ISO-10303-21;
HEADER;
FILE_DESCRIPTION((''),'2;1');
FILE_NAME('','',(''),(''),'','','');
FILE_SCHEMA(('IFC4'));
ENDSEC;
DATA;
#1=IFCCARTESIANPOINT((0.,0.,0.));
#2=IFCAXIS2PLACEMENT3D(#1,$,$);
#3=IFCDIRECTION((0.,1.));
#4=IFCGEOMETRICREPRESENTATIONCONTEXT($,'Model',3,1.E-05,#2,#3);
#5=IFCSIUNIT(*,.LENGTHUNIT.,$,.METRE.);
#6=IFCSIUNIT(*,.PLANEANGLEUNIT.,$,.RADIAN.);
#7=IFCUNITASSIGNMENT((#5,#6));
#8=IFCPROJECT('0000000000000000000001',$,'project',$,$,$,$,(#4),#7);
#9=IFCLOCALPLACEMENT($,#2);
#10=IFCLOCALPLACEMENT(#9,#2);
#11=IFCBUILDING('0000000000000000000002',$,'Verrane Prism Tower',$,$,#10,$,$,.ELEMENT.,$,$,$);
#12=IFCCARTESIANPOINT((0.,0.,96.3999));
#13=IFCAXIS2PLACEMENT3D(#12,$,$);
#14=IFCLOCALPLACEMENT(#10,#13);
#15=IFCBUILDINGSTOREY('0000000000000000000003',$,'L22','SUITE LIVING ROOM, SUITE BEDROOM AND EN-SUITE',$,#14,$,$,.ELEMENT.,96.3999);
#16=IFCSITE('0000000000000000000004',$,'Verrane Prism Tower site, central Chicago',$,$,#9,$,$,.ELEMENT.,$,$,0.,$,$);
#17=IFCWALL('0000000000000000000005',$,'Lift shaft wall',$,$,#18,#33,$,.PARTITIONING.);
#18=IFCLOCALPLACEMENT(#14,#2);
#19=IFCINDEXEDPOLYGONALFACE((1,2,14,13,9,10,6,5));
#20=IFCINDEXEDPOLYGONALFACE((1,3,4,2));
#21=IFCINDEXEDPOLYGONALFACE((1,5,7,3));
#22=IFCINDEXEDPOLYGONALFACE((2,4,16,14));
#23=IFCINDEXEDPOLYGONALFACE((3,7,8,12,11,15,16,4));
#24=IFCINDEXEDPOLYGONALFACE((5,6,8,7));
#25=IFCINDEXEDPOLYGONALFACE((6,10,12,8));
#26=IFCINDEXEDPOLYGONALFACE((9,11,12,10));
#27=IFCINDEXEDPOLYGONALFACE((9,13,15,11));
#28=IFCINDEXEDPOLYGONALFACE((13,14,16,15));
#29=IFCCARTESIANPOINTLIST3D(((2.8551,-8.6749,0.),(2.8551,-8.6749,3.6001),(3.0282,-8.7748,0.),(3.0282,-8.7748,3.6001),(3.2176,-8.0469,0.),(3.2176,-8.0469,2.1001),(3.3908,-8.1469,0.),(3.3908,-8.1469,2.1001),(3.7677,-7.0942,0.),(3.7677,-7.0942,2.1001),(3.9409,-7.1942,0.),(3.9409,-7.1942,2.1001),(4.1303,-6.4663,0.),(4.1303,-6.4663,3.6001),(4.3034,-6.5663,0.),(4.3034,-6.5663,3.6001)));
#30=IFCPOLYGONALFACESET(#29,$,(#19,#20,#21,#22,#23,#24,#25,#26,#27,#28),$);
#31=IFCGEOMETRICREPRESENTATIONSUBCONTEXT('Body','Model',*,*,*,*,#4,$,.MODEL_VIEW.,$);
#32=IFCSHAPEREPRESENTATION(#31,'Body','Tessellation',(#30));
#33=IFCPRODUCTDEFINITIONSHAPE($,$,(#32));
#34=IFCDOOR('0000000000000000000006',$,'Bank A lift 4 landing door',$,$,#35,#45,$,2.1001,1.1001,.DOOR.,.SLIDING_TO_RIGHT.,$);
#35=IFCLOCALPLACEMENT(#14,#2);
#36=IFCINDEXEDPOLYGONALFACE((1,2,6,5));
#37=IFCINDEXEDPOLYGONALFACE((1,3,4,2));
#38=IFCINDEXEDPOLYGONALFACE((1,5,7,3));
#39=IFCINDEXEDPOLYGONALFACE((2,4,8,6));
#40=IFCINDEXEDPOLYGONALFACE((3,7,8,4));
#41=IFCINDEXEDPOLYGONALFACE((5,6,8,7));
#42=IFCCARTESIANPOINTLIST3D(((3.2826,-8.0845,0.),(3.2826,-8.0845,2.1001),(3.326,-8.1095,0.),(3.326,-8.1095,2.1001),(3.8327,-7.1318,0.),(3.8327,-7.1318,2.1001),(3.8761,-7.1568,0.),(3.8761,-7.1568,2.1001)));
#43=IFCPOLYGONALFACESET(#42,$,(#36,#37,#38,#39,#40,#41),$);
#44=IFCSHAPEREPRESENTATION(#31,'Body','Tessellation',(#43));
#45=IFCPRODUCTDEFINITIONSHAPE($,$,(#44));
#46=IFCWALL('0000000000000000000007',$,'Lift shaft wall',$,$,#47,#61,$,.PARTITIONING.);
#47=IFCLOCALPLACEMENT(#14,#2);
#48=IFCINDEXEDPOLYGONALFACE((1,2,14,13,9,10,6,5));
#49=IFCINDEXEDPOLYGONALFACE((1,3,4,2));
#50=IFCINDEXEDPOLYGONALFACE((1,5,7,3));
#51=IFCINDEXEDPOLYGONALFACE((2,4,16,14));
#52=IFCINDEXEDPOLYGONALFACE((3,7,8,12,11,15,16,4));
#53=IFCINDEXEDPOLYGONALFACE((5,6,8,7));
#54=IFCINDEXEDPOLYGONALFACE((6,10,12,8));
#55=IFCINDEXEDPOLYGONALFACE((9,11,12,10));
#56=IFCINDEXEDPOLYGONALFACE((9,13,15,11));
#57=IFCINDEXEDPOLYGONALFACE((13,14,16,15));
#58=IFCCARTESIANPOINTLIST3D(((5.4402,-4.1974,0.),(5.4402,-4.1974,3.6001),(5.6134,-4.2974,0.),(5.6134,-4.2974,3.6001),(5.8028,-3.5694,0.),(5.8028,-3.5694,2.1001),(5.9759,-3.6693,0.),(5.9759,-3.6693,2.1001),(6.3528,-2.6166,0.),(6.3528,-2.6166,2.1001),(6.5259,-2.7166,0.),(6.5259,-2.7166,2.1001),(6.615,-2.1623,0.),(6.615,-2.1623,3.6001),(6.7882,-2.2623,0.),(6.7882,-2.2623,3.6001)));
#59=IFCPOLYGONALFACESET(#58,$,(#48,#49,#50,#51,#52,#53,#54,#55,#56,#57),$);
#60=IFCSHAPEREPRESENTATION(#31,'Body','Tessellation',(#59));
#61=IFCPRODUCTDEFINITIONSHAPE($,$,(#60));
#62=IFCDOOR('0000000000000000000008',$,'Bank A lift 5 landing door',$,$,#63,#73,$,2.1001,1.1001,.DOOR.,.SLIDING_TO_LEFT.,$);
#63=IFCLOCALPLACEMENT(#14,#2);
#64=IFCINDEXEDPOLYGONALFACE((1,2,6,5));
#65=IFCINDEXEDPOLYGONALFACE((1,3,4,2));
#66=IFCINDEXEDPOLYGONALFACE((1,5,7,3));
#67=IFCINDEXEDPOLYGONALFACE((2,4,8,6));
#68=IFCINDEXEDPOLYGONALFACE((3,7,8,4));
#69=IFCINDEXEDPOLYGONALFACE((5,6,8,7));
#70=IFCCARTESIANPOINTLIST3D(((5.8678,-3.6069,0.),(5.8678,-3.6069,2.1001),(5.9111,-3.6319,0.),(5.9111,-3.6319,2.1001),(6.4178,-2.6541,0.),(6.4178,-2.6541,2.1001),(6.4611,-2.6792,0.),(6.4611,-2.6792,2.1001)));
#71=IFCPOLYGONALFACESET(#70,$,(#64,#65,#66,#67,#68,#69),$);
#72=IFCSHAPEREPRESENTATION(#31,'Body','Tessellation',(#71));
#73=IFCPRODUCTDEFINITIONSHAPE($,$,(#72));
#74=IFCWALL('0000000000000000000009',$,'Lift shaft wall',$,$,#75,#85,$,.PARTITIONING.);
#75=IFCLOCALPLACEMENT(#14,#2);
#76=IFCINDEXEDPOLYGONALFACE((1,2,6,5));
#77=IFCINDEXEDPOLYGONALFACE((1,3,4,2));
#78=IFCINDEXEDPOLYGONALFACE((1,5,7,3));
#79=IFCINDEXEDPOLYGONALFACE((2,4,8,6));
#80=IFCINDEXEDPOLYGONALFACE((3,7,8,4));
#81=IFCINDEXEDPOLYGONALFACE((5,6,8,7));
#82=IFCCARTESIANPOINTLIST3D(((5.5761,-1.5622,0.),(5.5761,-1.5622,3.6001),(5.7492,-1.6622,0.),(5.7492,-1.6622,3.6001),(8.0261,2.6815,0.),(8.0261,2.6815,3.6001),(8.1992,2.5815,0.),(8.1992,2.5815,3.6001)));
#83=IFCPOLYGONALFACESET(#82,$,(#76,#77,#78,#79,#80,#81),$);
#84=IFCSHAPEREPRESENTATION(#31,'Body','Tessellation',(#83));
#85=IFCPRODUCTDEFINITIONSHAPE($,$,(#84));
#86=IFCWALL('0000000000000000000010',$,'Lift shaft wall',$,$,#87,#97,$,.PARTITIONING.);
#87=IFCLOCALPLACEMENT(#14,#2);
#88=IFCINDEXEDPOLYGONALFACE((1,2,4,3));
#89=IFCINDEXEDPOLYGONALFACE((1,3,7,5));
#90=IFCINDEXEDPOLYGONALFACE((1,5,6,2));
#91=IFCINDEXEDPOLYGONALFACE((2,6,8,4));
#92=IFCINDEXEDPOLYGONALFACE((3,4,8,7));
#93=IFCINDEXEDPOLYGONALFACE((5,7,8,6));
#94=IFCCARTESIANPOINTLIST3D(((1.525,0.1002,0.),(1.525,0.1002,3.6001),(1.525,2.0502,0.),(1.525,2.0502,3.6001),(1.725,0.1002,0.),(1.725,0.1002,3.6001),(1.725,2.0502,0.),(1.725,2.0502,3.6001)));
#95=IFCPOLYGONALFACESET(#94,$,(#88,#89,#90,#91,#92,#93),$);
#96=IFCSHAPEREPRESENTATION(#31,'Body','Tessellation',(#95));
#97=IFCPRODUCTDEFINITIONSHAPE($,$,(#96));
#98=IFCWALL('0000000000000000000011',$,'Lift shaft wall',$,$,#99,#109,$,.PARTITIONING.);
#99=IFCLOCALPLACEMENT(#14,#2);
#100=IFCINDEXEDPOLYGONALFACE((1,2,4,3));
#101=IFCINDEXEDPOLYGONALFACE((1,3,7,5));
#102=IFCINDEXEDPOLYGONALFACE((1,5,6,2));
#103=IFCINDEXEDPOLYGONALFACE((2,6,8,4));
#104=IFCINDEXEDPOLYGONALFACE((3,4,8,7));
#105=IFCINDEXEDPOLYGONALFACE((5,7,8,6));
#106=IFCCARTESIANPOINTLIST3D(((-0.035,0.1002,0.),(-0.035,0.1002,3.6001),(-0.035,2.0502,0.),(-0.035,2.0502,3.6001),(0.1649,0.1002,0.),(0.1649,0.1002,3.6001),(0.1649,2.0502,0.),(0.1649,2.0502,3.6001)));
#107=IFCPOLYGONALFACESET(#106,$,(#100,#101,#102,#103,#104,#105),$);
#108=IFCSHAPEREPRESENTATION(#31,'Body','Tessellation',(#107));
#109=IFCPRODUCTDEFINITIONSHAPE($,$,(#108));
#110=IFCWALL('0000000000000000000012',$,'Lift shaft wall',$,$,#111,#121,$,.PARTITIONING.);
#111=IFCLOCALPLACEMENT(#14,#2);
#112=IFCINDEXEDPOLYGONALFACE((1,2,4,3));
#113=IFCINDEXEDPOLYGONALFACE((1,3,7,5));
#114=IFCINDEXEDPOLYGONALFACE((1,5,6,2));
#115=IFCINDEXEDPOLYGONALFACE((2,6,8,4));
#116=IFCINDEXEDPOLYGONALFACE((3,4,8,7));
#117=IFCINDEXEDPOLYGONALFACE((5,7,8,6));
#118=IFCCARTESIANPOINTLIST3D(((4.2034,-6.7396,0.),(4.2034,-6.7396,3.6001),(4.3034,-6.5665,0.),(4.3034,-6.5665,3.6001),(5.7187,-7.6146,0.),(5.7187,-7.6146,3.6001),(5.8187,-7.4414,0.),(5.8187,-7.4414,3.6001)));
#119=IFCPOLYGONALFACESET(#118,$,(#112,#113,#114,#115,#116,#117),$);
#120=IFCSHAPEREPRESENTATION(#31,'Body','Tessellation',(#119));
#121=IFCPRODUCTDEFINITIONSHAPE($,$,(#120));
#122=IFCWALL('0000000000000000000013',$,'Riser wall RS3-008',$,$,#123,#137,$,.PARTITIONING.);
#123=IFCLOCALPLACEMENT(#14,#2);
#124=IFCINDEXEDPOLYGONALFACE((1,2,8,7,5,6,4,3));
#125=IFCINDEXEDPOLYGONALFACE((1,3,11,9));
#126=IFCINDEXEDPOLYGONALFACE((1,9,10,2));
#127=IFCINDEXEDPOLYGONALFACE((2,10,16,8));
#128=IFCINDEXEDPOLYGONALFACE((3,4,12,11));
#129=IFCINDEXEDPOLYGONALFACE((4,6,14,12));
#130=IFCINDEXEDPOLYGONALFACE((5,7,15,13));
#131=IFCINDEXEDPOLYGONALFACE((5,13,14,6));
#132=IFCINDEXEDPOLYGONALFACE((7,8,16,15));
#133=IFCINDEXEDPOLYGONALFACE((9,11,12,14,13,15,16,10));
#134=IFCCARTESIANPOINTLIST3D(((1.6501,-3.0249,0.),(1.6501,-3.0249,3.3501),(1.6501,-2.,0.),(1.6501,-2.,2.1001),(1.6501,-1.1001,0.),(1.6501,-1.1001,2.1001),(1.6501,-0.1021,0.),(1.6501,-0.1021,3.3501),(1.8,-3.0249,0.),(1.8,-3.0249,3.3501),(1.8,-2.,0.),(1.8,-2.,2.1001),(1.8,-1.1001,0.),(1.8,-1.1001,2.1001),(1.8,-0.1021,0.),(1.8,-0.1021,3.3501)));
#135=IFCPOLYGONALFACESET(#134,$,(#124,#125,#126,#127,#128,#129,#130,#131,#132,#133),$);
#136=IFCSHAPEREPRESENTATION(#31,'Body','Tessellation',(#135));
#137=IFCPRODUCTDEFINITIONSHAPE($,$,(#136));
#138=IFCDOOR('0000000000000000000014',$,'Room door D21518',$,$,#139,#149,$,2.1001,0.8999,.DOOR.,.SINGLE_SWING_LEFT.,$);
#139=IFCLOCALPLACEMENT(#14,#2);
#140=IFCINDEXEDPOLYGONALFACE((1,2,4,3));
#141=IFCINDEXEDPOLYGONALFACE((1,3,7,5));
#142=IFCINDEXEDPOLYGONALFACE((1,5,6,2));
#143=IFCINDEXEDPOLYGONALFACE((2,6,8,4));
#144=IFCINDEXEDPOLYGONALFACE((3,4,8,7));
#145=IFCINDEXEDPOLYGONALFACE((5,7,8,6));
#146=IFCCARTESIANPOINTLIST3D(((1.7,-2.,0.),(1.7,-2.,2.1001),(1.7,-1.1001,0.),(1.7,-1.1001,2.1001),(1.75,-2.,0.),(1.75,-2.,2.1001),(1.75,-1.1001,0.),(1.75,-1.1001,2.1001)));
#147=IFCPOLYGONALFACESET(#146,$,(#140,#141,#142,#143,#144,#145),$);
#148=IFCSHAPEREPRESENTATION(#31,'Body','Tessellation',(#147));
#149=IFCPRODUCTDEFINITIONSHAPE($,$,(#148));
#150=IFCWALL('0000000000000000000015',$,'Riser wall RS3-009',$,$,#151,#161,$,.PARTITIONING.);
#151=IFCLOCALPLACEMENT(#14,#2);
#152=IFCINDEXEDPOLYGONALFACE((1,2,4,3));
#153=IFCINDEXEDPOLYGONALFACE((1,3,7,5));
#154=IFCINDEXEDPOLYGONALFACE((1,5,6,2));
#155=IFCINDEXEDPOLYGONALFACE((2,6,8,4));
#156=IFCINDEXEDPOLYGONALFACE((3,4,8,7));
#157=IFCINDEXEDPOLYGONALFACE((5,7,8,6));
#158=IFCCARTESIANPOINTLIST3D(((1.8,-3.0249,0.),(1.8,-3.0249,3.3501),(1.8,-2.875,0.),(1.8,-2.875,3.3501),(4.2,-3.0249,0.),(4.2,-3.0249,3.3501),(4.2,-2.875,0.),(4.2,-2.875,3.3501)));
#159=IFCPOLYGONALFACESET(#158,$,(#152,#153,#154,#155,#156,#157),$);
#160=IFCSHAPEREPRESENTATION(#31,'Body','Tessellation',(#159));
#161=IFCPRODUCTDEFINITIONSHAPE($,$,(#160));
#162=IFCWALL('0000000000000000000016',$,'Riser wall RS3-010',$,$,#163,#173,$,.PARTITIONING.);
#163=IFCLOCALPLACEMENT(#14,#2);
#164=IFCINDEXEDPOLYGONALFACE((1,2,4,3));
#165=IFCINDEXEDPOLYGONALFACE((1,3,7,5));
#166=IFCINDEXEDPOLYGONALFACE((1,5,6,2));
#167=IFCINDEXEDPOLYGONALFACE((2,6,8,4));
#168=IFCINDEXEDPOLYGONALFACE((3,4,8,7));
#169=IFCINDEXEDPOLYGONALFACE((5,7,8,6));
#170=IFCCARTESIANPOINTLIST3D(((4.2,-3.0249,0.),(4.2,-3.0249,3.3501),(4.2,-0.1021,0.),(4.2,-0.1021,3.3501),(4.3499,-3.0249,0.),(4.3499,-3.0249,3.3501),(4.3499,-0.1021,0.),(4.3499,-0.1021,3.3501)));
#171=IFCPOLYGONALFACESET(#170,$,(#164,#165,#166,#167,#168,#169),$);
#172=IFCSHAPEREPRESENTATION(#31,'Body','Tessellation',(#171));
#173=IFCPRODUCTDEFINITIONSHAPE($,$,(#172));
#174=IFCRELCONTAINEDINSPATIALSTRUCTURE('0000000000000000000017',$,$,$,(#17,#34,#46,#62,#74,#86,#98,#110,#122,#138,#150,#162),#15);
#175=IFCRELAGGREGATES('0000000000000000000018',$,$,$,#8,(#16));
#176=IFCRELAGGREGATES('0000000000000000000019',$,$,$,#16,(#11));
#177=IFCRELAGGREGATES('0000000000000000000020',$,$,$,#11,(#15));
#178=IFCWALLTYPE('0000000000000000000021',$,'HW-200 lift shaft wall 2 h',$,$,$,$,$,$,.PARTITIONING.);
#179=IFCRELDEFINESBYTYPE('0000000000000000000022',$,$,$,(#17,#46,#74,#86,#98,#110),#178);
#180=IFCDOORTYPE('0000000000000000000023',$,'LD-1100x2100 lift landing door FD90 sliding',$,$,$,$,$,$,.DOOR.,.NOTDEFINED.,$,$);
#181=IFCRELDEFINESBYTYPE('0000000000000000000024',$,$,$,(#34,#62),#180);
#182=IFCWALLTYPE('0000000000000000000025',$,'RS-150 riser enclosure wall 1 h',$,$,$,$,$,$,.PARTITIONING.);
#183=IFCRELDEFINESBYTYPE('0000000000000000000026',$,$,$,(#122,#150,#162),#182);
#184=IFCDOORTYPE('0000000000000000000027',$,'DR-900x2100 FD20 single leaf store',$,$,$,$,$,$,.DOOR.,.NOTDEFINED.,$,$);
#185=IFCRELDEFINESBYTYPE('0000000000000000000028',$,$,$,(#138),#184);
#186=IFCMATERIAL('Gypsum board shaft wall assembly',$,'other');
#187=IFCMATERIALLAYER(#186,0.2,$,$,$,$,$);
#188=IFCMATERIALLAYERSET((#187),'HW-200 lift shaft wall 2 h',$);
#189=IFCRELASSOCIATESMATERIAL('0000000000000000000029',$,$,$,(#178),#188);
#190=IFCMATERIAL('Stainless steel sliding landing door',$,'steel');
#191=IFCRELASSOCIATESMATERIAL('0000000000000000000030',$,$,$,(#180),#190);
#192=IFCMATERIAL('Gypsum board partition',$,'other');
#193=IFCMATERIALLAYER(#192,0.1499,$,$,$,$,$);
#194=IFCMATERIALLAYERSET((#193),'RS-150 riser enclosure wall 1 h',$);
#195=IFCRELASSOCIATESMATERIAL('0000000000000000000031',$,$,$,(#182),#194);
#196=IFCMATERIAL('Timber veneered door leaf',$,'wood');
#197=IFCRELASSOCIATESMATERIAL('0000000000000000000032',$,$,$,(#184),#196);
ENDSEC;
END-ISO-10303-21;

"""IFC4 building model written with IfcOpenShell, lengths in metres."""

from ifc_helpers import new_model, si_unit, direction, frame, frame_2d, origin, place, context, subcontext, project, spatial, rectangle, extrude, material, layer, layer_set, type_object, element, fill, save


model = new_model("IFC4")

# Units and contexts
model_context = context("Model", 3, precision=1e-05, world=origin(), true_north=direction((0.0, 1.0)))
body_context = subcontext(model_context, "Body", "Model", "MODEL_VIEW")
ifc_project = project(units=[si_unit("LENGTHUNIT", "METRE"), si_unit("PLANEANGLEUNIT", "RADIAN")], contexts=[model_context])

# Site, building, storey
site_placement = place(None, origin())
site = spatial("IfcSite", under=ifc_project, at=site_placement, Name="Verrane Prism Tower site, central Chicago", CompositionType="ELEMENT", RefElevation=0.0)
building_placement = place(site_placement, origin())
building = spatial("IfcBuilding", under=site, at=building_placement, Name="Verrane Prism Tower", CompositionType="ELEMENT")
storey_placement = place(building_placement, frame((0.0, 0.0, 96.3999)))
storey = spatial("IfcBuildingStorey", under=building, at=storey_placement, Name="L22", Description="SUITE LIVING ROOM, SUITE BEDROOM AND EN-SUITE", CompositionType="ELEMENT", Elevation=96.3999)

# Shared definitions
ifc_material_1 = material(Name="Gypsum board shaft wall assembly", Category="other")
ifc_layer_1 = layer(ifc_material_1, 0.2)
ifc_layer_set_1 = layer_set([ifc_layer_1], Name="HW-200 lift shaft wall 2 h")
wall_type_1 = type_object("IfcWallType", Name="HW-200 lift shaft wall 2 h", PredefinedType="PARTITIONING", material=ifc_layer_set_1)

# Walls, openings, doors
wall_1_placement = place(storey_placement, frame((2.9417, -8.7249, 0.0), z_axis=(0.0, 0.0, 1.0), x_axis=(0.500021, 0.866013, 0.0)))
wall_1 = element("IfcWall", 1, at=wall_1_placement, inside=storey, type_object=wall_type_1, Name="Lift shaft wall", PredefinedType="PARTITIONING", context=body_context, shape_type="SweptSolid", body=[
    extrude(rectangle(XDim=2.5503, YDim=0.2, at=frame_2d((1.2751, 0.0))), origin(), (0.0, 0.0, 1.0), 3.6001),
])
opening_1_placement = place(wall_1_placement, frame((0.7251, 0.0, 0.0)))
opening_1 = element("IfcOpeningElement", 2, at=opening_1_placement, cuts=wall_1, PredefinedType="OPENING", context=body_context, shape_type="SweptSolid", body=[
    extrude(rectangle(XDim=1.1001, YDim=2.1001, at=frame_2d((0.55, 1.05))), frame((0.0, 0.1099, 0.0), z_axis=(0.0, -1.0, 0.0), x_axis=(1.0, 0.0, 0.0)), (0.0, 0.0, 1.0), 0.22),
])
ifc_material_2 = material(Name="Stainless steel sliding landing door", Category="steel")
door_type_1 = type_object("IfcDoorType", Name="LD-1100x2100 lift landing door FD90 sliding", OperationType="NOTDEFINED", PredefinedType="DOOR", material=ifc_material_2)
door_1_placement = place(opening_1_placement, origin())
door_1 = element("IfcDoor", 3, at=door_1_placement, inside=storey, type_object=door_type_1, Name="Bank A lift 4 landing door", OperationType="SLIDING_TO_RIGHT", OverallHeight=2.1001, OverallWidth=1.1001, PredefinedType="DOOR", context=body_context, shape_type="SweptSolid", body=[
    extrude(rectangle(XDim=1.1001, YDim=2.1001, at=frame_2d((0.55, 1.05))), frame((0.0, 0.0249, 0.0), z_axis=(0.0, -1.0, 0.0), x_axis=(1.0, 0.0, 0.0)), (0.0, 0.0, 1.0), 0.05),
])
fill(opening_1, door_1)
wall_2_placement = place(storey_placement, frame((5.5269, -4.2473, 0.0), z_axis=(0.0, 0.0, 1.0), x_axis=(0.499938, 0.866061, 0.0)))
wall_2 = element("IfcWall", 4, at=wall_2_placement, inside=storey, type_object=wall_type_1, Name="Lift shaft wall", PredefinedType="PARTITIONING", context=body_context, shape_type="SweptSolid", body=[
    extrude(rectangle(XDim=2.3499, YDim=0.2, at=frame_2d((1.1748, 0.0))), origin(), (0.0, 0.0, 1.0), 3.6001),
])
opening_2_placement = place(wall_2_placement, frame((0.7251, 0.0, 0.0)))
opening_2 = element("IfcOpeningElement", 5, at=opening_2_placement, cuts=wall_2, PredefinedType="OPENING", context=body_context, shape_type="SweptSolid", body=[
    extrude(rectangle(XDim=1.1001, YDim=2.1001, at=frame_2d((0.55, 1.05))), frame((0.0, 0.1099, 0.0), z_axis=(0.0, -1.0, 0.0), x_axis=(1.0, 0.0, 0.0)), (0.0, 0.0, 1.0), 0.22),
])
door_2_placement = place(opening_2_placement, origin())
door_2 = element("IfcDoor", 6, at=door_2_placement, inside=storey, type_object=door_type_1, Name="Bank A lift 5 landing door", OperationType="SLIDING_TO_LEFT", OverallHeight=2.1001, OverallWidth=1.1001, PredefinedType="DOOR", context=body_context, shape_type="SweptSolid", body=[
    extrude(rectangle(XDim=1.1001, YDim=2.1001, at=frame_2d((0.55, 1.05))), frame((0.0, 0.0249, 0.0), z_axis=(0.0, -1.0, 0.0), x_axis=(1.0, 0.0, 0.0)), (0.0, 0.0, 1.0), 0.05),
])
fill(opening_2, door_2)

# Walls
wall_3_placement = place(storey_placement, frame((5.6626, -1.6123, 0.0), z_axis=(0.0, 0.0, 1.0), x_axis=(0.499981, 0.866036, 0.0)))
element("IfcWall", 7, at=wall_3_placement, inside=storey, type_object=wall_type_1, Name="Lift shaft wall", PredefinedType="PARTITIONING", context=body_context, shape_type="SweptSolid", body=[
    extrude(rectangle(XDim=4.9001, YDim=0.2, at=frame_2d((2.4502, 0.0))), origin(), (0.0, 0.0, 1.0), 3.6001),
])
for number, where, z_axis, x_axis, name in (
    (8, (1.625, 0.1001, 0.0), (0.0, 0.0, 1.0), (0.0, 1.0, 0.0), "Lift shaft wall"),
    (9, (0.0649, 0.1001, 0.0), (0.0, 0.0, 1.0), (0.0, 1.0, 0.0), "Lift shaft wall"),
):
    element("IfcWall", number, at=place(storey_placement, frame(where, z_axis=z_axis, x_axis=x_axis)), inside=storey, type_object=wall_type_1, Name=name, PredefinedType="PARTITIONING", context=body_context, shape_type="SweptSolid", body=[
        extrude(rectangle(XDim=1.95, YDim=0.2, at=frame_2d((0.9751, 0.0))), origin(), (0.0, 0.0, 1.0), 3.6001),
    ])
wall_4_placement = place(storey_placement, frame((5.7688, -7.5281, 0.0), z_axis=(0.0, 0.0, 1.0), x_axis=(-0.866002, 0.50004, 0.0)))
element("IfcWall", 10, at=wall_4_placement, inside=storey, type_object=wall_type_1, Name="Lift shaft wall", PredefinedType="PARTITIONING", context=body_context, shape_type="SweptSolid", body=[
    extrude(rectangle(XDim=1.7498, YDim=0.2, at=frame_2d((0.875, 0.0))), origin(), (0.0, 0.0, 1.0), 3.6001),
])

# Wall, opening, door
ifc_material_3 = material(Name="Gypsum board partition", Category="other")
ifc_layer_2 = layer(ifc_material_3, 0.1499)
ifc_layer_set_2 = layer_set([ifc_layer_2], Name="RS-150 riser enclosure wall 1 h")
wall_type_2 = type_object("IfcWallType", Name="RS-150 riser enclosure wall 1 h", PredefinedType="PARTITIONING", material=ifc_layer_set_2)
wall_5_placement = place(storey_placement, frame((1.7251, -0.1021, 0.0), z_axis=(0.0, 0.0, 1.0), x_axis=(0.0, -1.0, 0.0)))
wall_5 = element("IfcWall", 11, at=wall_5_placement, inside=storey, type_object=wall_type_2, Name="Riser wall RS3-008", PredefinedType="PARTITIONING", context=body_context, shape_type="SweptSolid", body=[
    extrude(rectangle(XDim=2.9229, YDim=0.1499, at=frame_2d((1.4614, 0.0))), origin(), (0.0, 0.0, 1.0), 3.3501),
])
opening_3_placement = place(wall_5_placement, frame((0.998, 0.0, 0.0)))
opening_3 = element("IfcOpeningElement", 12, at=opening_3_placement, cuts=wall_5, PredefinedType="OPENING", context=body_context, shape_type="SweptSolid", body=[
    extrude(rectangle(XDim=0.8999, YDim=2.1001, at=frame_2d((0.45, 1.05))), frame((0.0, 0.085, 0.0), z_axis=(0.0, -1.0, 0.0), x_axis=(1.0, 0.0, 0.0)), (0.0, 0.0, 1.0), 0.1699),
])
ifc_material_4 = material(Name="Timber veneered door leaf", Category="wood")
door_type_2 = type_object("IfcDoorType", Name="DR-900x2100 FD20 single leaf store", OperationType="NOTDEFINED", PredefinedType="DOOR", material=ifc_material_4)
door_3_placement = place(opening_3_placement, origin())
door_3 = element("IfcDoor", 13, at=door_3_placement, inside=storey, type_object=door_type_2, Name="Room door D21518", OperationType="SINGLE_SWING_LEFT", OverallHeight=2.1001, OverallWidth=0.8999, PredefinedType="DOOR", context=body_context, shape_type="SweptSolid", body=[
    extrude(rectangle(XDim=0.8999, YDim=2.1001, at=frame_2d((0.45, 1.05))), frame((0.0, 0.0249, 0.0), z_axis=(0.0, -1.0, 0.0), x_axis=(1.0, 0.0, 0.0)), (0.0, 0.0, 1.0), 0.05),
])
fill(opening_3, door_3)

# Walls
wall_6_placement = place(storey_placement, frame((1.8, -2.95, 0.0), z_axis=(0.0, 0.0, 1.0), x_axis=(1.0, 0.0, 0.0)))
element("IfcWall", 14, at=wall_6_placement, inside=storey, type_object=wall_type_2, Name="Riser wall RS3-009", PredefinedType="PARTITIONING", context=body_context, shape_type="SweptSolid", body=[
    extrude(rectangle(XDim=2.3999, YDim=0.1499, at=frame_2d((1.2, 0.0))), origin(), (0.0, 0.0, 1.0), 3.3501),
])
wall_7_placement = place(storey_placement, frame((4.2749, -3.0249, 0.0), z_axis=(0.0, 0.0, 1.0), x_axis=(0.0, 1.0, 0.0)))
element("IfcWall", 15, at=wall_7_placement, inside=storey, type_object=wall_type_2, Name="Riser wall RS3-010", PredefinedType="PARTITIONING", context=body_context, shape_type="SweptSolid", body=[
    extrude(rectangle(XDim=2.9229, YDim=0.1499, at=frame_2d((1.4614, 0.0))), origin(), (0.0, 0.0, 1.0), 3.3501),
])

save(model, "model.ifc")
